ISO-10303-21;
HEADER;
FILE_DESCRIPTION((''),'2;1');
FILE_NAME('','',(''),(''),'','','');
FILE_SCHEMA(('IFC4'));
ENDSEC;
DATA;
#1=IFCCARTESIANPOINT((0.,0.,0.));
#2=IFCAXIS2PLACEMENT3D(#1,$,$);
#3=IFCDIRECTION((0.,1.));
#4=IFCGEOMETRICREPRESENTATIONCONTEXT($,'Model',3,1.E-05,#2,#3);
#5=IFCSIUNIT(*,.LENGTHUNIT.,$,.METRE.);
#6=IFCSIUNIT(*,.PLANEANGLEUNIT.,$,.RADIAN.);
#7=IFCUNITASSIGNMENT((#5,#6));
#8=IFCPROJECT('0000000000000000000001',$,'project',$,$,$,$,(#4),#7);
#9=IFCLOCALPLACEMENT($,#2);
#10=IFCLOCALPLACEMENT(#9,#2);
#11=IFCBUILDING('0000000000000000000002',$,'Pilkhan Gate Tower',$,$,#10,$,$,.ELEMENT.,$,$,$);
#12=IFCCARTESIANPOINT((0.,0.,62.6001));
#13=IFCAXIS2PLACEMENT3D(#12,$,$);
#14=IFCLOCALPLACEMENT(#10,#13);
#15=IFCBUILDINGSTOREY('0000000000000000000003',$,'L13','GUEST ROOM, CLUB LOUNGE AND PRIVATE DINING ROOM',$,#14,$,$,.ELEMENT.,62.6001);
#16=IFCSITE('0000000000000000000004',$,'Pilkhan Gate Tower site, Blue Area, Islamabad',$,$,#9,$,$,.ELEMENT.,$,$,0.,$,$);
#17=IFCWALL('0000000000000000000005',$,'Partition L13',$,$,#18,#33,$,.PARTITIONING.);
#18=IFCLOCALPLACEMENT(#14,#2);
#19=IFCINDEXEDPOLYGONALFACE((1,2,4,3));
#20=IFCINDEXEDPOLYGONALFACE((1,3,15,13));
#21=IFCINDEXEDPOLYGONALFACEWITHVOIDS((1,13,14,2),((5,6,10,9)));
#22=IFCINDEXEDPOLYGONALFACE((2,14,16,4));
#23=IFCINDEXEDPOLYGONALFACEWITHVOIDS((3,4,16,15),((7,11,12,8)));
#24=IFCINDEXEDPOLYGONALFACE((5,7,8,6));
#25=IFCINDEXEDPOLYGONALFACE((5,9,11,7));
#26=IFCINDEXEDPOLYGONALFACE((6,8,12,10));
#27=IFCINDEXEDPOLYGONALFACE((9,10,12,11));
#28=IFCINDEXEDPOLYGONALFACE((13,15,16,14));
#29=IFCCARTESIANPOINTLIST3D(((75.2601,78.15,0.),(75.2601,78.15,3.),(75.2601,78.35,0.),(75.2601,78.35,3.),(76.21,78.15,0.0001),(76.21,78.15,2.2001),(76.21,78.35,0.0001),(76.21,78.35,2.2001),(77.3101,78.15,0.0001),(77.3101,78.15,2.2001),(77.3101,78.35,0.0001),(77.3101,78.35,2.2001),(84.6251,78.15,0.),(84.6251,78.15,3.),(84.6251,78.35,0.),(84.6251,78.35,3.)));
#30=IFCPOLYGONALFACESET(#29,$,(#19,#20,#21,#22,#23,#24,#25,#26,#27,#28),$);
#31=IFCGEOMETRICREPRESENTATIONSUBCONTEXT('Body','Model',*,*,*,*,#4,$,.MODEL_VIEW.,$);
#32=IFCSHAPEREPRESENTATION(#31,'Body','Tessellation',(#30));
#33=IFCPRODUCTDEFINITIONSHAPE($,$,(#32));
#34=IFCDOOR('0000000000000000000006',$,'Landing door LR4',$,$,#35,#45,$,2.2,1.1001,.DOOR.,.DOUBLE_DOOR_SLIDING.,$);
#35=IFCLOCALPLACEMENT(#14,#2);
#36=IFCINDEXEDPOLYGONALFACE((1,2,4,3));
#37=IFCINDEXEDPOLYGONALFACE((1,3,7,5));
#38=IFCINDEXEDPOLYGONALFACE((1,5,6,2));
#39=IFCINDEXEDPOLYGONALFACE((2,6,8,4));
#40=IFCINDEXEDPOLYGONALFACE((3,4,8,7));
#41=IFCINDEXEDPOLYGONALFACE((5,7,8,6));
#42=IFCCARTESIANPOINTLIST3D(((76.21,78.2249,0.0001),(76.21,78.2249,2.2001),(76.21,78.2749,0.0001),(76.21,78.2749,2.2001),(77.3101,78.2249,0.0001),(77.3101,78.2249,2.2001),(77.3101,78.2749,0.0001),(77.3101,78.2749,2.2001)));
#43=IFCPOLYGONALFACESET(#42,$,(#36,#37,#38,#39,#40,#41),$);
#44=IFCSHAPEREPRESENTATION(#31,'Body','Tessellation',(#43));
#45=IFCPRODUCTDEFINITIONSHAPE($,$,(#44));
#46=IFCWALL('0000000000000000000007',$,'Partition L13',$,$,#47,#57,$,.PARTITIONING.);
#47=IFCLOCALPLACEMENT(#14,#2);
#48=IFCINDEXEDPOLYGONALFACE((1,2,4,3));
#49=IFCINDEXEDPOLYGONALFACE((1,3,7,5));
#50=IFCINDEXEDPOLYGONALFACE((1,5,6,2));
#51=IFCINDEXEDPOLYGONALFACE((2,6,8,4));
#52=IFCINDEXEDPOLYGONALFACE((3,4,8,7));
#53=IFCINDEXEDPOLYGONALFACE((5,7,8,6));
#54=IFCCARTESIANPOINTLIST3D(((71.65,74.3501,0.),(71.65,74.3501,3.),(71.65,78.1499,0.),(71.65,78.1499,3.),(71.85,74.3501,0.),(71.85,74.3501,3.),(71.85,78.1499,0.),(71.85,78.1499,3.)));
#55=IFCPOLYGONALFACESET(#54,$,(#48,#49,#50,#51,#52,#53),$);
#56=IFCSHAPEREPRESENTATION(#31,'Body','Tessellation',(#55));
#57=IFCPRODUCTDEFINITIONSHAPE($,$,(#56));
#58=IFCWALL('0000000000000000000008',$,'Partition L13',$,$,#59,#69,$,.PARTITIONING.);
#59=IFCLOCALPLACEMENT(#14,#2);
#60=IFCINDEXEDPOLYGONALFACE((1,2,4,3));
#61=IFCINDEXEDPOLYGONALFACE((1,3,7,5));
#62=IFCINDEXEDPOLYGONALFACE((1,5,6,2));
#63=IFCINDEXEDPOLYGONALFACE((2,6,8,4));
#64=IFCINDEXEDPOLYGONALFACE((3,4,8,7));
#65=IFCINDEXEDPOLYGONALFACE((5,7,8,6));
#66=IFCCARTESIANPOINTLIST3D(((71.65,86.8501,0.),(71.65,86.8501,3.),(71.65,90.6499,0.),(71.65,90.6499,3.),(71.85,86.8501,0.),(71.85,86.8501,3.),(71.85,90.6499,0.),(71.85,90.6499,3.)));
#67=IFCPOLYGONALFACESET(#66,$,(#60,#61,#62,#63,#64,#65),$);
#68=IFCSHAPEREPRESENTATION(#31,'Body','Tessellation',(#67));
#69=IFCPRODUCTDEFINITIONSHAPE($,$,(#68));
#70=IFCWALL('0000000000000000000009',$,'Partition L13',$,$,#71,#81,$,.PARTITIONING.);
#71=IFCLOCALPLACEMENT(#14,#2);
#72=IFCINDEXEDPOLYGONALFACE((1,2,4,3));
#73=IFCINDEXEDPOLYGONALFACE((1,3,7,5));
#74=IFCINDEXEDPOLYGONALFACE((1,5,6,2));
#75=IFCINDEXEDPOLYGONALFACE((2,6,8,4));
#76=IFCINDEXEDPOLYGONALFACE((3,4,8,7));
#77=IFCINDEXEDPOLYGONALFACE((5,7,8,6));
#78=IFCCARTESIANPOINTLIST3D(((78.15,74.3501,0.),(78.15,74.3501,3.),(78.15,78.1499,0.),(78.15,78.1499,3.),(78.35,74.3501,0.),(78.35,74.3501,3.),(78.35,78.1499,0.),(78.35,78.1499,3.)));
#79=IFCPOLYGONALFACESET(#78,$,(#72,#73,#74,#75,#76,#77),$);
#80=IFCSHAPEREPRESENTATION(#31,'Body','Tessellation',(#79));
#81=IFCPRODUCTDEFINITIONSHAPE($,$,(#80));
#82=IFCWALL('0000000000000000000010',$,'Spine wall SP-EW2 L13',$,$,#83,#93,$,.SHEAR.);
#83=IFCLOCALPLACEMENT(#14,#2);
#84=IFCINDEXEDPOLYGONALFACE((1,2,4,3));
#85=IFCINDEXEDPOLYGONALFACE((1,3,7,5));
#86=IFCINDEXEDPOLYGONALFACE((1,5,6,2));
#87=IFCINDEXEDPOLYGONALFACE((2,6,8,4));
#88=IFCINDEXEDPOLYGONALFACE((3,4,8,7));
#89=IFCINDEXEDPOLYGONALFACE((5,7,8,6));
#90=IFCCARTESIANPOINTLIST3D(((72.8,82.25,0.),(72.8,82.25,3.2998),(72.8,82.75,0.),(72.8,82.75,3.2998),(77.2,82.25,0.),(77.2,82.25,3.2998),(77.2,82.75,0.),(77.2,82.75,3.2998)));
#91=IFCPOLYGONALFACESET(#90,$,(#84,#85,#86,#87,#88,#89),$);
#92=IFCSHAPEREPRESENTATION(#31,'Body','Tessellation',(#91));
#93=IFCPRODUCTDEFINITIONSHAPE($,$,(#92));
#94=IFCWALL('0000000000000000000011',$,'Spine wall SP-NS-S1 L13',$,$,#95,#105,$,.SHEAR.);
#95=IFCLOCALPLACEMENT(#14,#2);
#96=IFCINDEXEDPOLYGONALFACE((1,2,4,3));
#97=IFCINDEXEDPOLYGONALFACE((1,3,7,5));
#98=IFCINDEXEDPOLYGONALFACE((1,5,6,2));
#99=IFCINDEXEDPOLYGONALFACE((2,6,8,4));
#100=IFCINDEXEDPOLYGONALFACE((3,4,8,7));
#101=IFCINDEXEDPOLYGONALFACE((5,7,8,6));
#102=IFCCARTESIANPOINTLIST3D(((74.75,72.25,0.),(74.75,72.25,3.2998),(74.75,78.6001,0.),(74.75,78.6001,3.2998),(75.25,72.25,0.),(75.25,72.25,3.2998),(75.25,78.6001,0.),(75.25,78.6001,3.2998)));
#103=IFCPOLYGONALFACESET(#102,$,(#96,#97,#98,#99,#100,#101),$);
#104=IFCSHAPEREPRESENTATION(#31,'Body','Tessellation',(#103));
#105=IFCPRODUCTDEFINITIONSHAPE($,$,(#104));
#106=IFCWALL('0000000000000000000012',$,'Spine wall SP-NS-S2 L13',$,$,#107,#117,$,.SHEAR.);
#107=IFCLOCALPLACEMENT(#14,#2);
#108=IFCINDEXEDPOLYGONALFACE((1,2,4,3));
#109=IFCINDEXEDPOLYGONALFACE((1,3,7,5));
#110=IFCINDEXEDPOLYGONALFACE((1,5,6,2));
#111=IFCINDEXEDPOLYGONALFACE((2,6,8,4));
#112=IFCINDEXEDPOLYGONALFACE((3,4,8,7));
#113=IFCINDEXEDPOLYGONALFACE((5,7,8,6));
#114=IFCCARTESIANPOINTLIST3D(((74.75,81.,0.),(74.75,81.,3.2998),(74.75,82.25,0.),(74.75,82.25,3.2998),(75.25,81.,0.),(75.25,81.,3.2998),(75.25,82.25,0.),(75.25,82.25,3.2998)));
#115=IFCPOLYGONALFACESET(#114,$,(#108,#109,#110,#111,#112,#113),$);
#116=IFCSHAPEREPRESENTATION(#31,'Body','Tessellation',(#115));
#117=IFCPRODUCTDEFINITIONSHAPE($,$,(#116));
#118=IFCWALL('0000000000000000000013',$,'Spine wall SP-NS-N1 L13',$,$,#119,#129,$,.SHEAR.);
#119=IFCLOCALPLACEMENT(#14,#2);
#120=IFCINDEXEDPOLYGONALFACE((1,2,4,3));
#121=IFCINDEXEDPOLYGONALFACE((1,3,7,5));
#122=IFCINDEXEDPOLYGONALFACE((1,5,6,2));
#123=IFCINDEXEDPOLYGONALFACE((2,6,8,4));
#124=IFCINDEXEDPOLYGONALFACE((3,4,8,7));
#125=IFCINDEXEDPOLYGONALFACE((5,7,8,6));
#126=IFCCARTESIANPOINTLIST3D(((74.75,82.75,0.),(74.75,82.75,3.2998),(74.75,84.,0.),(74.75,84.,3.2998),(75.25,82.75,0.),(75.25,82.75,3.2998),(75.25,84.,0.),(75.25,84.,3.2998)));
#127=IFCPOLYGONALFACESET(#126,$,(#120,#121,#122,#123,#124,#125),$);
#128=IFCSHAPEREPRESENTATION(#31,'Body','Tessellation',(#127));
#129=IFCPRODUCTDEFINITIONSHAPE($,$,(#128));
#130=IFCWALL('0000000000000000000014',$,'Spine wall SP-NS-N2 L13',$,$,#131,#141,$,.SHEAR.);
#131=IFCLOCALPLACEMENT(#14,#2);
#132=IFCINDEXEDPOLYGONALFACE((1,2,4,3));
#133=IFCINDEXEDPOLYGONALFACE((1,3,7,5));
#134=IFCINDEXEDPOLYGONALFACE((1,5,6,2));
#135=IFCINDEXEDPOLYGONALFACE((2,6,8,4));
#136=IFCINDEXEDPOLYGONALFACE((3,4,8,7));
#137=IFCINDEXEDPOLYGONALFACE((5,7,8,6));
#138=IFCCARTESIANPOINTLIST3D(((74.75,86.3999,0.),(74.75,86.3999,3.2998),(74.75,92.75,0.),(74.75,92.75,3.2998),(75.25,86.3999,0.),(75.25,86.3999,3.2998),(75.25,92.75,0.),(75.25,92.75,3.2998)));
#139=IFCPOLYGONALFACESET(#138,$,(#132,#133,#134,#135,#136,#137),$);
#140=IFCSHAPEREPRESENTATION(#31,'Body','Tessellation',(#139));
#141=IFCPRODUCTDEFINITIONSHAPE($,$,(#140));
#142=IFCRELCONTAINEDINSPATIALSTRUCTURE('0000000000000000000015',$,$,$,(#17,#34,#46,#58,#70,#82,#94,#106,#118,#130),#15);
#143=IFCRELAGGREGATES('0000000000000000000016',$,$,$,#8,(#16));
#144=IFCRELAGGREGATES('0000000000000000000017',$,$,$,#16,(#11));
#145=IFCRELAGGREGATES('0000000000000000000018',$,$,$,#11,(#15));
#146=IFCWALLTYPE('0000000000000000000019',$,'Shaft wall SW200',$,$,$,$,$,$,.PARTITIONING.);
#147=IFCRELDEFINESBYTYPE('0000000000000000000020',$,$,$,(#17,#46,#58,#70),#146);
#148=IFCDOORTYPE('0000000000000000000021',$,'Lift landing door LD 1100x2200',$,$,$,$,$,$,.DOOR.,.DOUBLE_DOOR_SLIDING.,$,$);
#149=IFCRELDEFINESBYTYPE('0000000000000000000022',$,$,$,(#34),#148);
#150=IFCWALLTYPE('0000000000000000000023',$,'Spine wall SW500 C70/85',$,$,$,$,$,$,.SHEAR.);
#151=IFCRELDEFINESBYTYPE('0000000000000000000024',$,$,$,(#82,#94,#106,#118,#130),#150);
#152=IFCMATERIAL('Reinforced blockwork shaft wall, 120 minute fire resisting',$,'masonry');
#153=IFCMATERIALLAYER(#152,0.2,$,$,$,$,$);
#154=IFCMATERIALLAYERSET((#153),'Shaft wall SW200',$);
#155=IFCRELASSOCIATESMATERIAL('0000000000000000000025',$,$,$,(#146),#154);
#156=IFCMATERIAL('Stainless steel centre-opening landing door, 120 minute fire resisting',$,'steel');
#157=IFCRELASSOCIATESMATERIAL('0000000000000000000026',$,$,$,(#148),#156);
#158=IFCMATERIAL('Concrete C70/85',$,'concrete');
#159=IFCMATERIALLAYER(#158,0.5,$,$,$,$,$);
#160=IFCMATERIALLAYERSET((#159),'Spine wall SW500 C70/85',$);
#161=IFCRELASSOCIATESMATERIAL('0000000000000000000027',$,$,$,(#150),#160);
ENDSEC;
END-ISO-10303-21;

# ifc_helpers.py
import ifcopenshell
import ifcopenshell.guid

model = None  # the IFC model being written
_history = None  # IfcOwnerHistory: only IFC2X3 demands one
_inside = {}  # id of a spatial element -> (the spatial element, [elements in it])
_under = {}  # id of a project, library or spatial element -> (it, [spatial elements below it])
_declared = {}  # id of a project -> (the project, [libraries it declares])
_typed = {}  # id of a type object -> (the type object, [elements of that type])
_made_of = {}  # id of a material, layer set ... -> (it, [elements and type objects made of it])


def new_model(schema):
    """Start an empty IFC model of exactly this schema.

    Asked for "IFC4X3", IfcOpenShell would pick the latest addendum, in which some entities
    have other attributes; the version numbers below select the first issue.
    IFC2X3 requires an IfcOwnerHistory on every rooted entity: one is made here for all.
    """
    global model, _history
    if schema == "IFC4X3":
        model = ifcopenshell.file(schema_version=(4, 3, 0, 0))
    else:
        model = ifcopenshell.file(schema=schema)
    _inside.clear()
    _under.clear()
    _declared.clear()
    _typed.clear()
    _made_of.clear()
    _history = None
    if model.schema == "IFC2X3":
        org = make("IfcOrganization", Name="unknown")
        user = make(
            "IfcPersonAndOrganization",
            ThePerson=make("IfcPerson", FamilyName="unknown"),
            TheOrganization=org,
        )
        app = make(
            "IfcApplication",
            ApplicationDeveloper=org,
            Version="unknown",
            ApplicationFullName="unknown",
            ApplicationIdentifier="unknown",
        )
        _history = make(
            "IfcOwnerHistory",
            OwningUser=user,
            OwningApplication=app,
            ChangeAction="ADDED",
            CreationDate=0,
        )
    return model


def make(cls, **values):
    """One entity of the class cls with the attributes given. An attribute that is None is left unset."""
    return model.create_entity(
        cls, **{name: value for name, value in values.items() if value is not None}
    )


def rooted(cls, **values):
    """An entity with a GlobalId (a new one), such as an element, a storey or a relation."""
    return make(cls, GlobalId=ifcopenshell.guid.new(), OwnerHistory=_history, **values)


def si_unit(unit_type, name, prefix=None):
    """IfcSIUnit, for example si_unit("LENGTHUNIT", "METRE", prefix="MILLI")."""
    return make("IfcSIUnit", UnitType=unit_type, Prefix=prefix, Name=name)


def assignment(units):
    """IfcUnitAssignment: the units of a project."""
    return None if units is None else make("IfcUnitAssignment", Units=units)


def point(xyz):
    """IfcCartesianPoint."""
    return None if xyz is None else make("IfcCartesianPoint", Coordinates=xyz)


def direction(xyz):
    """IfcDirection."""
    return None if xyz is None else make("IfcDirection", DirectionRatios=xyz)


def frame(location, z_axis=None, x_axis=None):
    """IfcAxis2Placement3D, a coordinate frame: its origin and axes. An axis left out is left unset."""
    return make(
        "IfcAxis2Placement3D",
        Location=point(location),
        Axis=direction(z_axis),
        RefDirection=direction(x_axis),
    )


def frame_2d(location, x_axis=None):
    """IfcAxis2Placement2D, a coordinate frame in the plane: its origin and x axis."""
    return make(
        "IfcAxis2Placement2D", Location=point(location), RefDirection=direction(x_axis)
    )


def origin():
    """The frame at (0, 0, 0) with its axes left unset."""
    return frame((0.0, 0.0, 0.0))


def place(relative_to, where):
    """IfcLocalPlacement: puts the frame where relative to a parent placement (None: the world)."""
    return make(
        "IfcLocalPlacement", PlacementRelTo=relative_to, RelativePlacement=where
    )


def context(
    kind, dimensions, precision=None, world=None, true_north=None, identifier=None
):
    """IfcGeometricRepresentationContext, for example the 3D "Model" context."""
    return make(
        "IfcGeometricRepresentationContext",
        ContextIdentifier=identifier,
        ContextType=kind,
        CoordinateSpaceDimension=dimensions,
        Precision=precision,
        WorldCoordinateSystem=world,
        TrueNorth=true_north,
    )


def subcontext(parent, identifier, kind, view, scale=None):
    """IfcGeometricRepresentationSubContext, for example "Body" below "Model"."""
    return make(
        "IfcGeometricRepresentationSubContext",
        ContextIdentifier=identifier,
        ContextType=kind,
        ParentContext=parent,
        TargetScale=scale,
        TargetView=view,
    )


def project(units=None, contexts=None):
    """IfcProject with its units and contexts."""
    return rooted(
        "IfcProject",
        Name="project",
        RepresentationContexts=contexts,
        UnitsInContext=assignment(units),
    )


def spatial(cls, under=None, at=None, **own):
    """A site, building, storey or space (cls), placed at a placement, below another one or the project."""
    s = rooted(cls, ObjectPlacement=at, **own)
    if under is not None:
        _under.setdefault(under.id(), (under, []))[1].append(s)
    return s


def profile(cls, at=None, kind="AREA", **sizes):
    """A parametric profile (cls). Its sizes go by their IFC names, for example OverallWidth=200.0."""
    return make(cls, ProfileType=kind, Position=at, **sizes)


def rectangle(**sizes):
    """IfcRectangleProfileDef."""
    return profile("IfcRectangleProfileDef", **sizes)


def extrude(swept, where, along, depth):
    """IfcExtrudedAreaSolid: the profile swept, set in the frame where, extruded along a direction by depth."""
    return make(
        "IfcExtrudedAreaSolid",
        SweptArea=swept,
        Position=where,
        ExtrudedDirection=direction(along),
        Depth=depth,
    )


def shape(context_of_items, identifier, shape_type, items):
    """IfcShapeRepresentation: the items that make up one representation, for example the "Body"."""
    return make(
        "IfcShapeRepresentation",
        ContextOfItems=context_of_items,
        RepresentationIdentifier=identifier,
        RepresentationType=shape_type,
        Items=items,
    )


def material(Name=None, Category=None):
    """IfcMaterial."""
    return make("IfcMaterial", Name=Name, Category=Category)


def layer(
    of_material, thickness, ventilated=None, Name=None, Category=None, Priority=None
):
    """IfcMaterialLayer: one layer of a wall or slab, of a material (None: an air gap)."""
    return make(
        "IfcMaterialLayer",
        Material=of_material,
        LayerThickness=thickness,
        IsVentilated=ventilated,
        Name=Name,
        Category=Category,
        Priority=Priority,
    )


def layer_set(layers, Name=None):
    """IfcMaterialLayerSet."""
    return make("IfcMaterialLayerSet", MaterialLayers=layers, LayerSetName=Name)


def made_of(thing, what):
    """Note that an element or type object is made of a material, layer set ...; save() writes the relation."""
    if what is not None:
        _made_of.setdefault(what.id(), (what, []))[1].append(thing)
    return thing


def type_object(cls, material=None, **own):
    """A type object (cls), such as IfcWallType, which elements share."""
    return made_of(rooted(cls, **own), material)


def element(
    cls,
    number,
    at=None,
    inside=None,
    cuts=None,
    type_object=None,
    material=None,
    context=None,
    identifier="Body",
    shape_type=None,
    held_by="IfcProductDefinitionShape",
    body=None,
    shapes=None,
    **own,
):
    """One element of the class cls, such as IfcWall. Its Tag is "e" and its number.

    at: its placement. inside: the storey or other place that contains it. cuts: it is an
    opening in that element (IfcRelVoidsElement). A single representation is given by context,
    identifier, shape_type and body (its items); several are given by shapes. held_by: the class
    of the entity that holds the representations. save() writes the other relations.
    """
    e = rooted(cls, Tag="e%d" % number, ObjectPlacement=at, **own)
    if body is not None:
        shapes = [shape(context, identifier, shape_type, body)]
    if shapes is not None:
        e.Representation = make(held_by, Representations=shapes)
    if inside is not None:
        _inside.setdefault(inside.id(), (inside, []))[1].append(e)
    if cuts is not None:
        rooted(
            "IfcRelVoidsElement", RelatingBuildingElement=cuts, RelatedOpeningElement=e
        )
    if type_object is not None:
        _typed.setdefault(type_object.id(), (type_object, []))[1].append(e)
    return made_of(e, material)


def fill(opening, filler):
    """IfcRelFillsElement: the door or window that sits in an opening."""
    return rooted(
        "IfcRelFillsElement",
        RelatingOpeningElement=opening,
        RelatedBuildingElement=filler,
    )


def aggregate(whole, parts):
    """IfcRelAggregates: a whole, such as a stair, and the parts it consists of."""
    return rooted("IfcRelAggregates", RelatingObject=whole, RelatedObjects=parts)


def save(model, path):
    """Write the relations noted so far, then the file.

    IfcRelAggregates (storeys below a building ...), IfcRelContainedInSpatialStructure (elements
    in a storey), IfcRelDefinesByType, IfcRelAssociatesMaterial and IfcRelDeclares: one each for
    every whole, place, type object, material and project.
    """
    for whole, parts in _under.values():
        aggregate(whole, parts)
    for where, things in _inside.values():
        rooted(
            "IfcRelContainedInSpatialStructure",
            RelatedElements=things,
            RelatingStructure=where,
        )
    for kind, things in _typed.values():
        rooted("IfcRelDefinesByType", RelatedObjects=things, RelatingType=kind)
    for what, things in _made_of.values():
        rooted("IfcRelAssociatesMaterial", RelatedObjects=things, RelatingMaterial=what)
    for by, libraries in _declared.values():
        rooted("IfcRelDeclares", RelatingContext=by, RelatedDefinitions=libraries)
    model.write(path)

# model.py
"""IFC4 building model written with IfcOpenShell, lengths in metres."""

from ifc_helpers import new_model, si_unit, direction, frame, frame_2d, origin, place, context, subcontext, project, spatial, rectangle, extrude, material, layer, layer_set, type_object, element, fill, save


model = new_model("IFC4")

# Units and contexts
model_context = context("Model", 3, precision=1e-05, world=origin(), true_north=direction((0.0, 1.0)))
body_context = subcontext(model_context, "Body", "Model", "MODEL_VIEW")
ifc_project = project(units=[si_unit("LENGTHUNIT", "METRE"), si_unit("PLANEANGLEUNIT", "RADIAN")], contexts=[model_context])

# Site, building, storey
site_placement = place(None, origin())
site = spatial("IfcSite", under=ifc_project, at=site_placement, Name="Pilkhan Gate Tower site, Blue Area, Islamabad", CompositionType="ELEMENT", RefElevation=0.0)
building_placement = place(site_placement, origin())
building = spatial("IfcBuilding", under=site, at=building_placement, Name="Pilkhan Gate Tower", CompositionType="ELEMENT")
storey_placement = place(building_placement, frame((0.0, 0.0, 62.6001)))
storey = spatial("IfcBuildingStorey", under=building, at=storey_placement, Name="L13", Description="GUEST ROOM, CLUB LOUNGE AND PRIVATE DINING ROOM", CompositionType="ELEMENT", Elevation=62.6001)

# Shared definitions
ifc_material_1 = material(Name="Concrete C70/85", Category="concrete")

# Shared definitions
ifc_material_2 = material(Name="Reinforced blockwork shaft wall, 120 minute fire resisting", Category="masonry")
ifc_layer_1 = layer(ifc_material_2, 0.2)
ifc_layer_set_1 = layer_set([ifc_layer_1], Name="Shaft wall SW200")
wall_type_1 = type_object("IfcWallType", Name="Shaft wall SW200", PredefinedType="PARTITIONING", material=ifc_layer_set_1)

# Wall, opening, door
wall_1_placement = place(storey_placement, frame((75.26, 78.25, 0.0), z_axis=(0.0, 0.0, 1.0), x_axis=(1.0, 0.0, 0.0)))
wall_1 = element("IfcWall", 1, at=wall_1_placement, inside=storey, type_object=wall_type_1, Name="Partition L13", PredefinedType="PARTITIONING", context=body_context, shape_type="SweptSolid", body=[
    extrude(rectangle(XDim=9.365, YDim=0.2, at=frame_2d((4.6826, 0.0))), origin(), (0.0, 0.0, 1.0), 3.0),
])
opening_1_placement = place(wall_1_placement, frame((0.95, 0.0, 0.0)))
opening_1 = element("IfcOpeningElement", 2, at=opening_1_placement, cuts=wall_1, PredefinedType="OPENING", context=body_context, shape_type="SweptSolid", body=[
    extrude(rectangle(XDim=1.1001, YDim=2.2, at=frame_2d((0.55, 1.1001))), frame((0.0, 0.1099, 0.0), z_axis=(0.0, -1.0, 0.0), x_axis=(1.0, 0.0, 0.0)), (0.0, 0.0, 1.0), 0.22),
])
ifc_material_3 = material(Name="Stainless steel centre-opening landing door, 120 minute fire resisting", Category="steel")
door_type_1 = type_object("IfcDoorType", Name="Lift landing door LD 1100x2200", OperationType="DOUBLE_DOOR_SLIDING", PredefinedType="DOOR", material=ifc_material_3)
door_1_placement = place(opening_1_placement, origin())
door_1 = element("IfcDoor", 3, at=door_1_placement, inside=storey, type_object=door_type_1, Name="Landing door LR4", OperationType="DOUBLE_DOOR_SLIDING", OverallHeight=2.2, OverallWidth=1.1001, PredefinedType="DOOR", context=body_context, shape_type="SweptSolid", body=[
    extrude(rectangle(XDim=1.1001, YDim=2.2, at=frame_2d((0.55, 1.1001))), frame((0.0, 0.0249, 0.0), z_axis=(0.0, -1.0, 0.0), x_axis=(1.0, 0.0, 0.0)), (0.0, 0.0, 1.0), 0.05),
])
fill(opening_1, door_1)

# Walls
for number, where, z_axis, x_axis, name in (
    (4, (71.75, 74.3501, 0.0), (0.0, 0.0, 1.0), (0.0, 1.0, 0.0), "Partition L13"),
    (5, (71.75, 86.8501, 0.0), (0.0, 0.0, 1.0), (0.0, 1.0, 0.0), "Partition L13"),
    (6, (78.25, 74.3501, 0.0), (0.0, 0.0, 1.0), (0.0, 1.0, 0.0), "Partition L13"),
):
    element("IfcWall", number, at=place(storey_placement, frame(where, z_axis=z_axis, x_axis=x_axis)), inside=storey, type_object=wall_type_1, Name=name, PredefinedType="PARTITIONING", context=body_context, shape_type="SweptSolid", body=[
        extrude(rectangle(XDim=3.7998, YDim=0.2, at=frame_2d((1.8999, 0.0))), origin(), (0.0, 0.0, 1.0), 3.0),
    ])
ifc_layer_2 = layer(ifc_material_1, 0.5)
ifc_layer_set_2 = layer_set([ifc_layer_2], Name="Spine wall SW500 C70/85")
wall_type_2 = type_object("IfcWallType", Name="Spine wall SW500 C70/85", PredefinedType="SHEAR", material=ifc_layer_set_2)
wall_2_placement = place(storey_placement, frame((72.8, 82.5, 0.0), z_axis=(0.0, 0.0, 1.0), x_axis=(1.0, 0.0, 0.0)))
element("IfcWall", 7, at=wall_2_placement, inside=storey, type_object=wall_type_2, Name="Spine wall SP-EW2 L13", PredefinedType="SHEAR", context=body_context, shape_type="SweptSolid", body=[
    extrude(rectangle(XDim=4.3999, YDim=0.5, at=frame_2d((2.2, 0.0))), origin(), (0.0, 0.0, 1.0), 3.2998),
])
wall_3_placement = place(storey_placement, frame((75.0, 72.25, 0.0), z_axis=(0.0, 0.0, 1.0), x_axis=(0.0, 1.0, 0.0)))
element("IfcWall", 8, at=wall_3_placement, inside=storey, type_object=wall_type_2, Name="Spine wall SP-NS-S1 L13", PredefinedType="SHEAR", context=body_context, shape_type="SweptSolid", body=[
    extrude(rectangle(XDim=6.3501, YDim=0.5, at=frame_2d((3.175, 0.0))), origin(), (0.0, 0.0, 1.0), 3.2998),
])
for number, where, z_axis, x_axis, name in (
    (9, (75.0, 81.0, 0.0), (0.0, 0.0, 1.0), (0.0, 1.0, 0.0), "Spine wall SP-NS-S2 L13"),
    (10, (75.0, 82.75, 0.0), (0.0, 0.0, 1.0), (0.0, 1.0, 0.0), "Spine wall SP-NS-N1 L13"),
):
    element("IfcWall", number, at=place(storey_placement, frame(where, z_axis=z_axis, x_axis=x_axis)), inside=storey, type_object=wall_type_2, Name=name, PredefinedType="SHEAR", context=body_context, shape_type="SweptSolid", body=[
        extrude(rectangle(XDim=1.25, YDim=0.5, at=frame_2d((0.625, 0.0))), origin(), (0.0, 0.0, 1.0), 3.2998),
    ])
wall_4_placement = place(storey_placement, frame((75.0, 86.3999, 0.0), z_axis=(0.0, 0.0, 1.0), x_axis=(0.0, 1.0, 0.0)))
element("IfcWall", 11, at=wall_4_placement, inside=storey, type_object=wall_type_2, Name="Spine wall SP-NS-N2 L13", PredefinedType="SHEAR", context=body_context, shape_type="SweptSolid", body=[
    extrude(rectangle(XDim=6.3501, YDim=0.5, at=frame_2d((3.175, 0.0))), origin(), (0.0, 0.0, 1.0), 3.2998),
])

save(model, "model.ifc")
